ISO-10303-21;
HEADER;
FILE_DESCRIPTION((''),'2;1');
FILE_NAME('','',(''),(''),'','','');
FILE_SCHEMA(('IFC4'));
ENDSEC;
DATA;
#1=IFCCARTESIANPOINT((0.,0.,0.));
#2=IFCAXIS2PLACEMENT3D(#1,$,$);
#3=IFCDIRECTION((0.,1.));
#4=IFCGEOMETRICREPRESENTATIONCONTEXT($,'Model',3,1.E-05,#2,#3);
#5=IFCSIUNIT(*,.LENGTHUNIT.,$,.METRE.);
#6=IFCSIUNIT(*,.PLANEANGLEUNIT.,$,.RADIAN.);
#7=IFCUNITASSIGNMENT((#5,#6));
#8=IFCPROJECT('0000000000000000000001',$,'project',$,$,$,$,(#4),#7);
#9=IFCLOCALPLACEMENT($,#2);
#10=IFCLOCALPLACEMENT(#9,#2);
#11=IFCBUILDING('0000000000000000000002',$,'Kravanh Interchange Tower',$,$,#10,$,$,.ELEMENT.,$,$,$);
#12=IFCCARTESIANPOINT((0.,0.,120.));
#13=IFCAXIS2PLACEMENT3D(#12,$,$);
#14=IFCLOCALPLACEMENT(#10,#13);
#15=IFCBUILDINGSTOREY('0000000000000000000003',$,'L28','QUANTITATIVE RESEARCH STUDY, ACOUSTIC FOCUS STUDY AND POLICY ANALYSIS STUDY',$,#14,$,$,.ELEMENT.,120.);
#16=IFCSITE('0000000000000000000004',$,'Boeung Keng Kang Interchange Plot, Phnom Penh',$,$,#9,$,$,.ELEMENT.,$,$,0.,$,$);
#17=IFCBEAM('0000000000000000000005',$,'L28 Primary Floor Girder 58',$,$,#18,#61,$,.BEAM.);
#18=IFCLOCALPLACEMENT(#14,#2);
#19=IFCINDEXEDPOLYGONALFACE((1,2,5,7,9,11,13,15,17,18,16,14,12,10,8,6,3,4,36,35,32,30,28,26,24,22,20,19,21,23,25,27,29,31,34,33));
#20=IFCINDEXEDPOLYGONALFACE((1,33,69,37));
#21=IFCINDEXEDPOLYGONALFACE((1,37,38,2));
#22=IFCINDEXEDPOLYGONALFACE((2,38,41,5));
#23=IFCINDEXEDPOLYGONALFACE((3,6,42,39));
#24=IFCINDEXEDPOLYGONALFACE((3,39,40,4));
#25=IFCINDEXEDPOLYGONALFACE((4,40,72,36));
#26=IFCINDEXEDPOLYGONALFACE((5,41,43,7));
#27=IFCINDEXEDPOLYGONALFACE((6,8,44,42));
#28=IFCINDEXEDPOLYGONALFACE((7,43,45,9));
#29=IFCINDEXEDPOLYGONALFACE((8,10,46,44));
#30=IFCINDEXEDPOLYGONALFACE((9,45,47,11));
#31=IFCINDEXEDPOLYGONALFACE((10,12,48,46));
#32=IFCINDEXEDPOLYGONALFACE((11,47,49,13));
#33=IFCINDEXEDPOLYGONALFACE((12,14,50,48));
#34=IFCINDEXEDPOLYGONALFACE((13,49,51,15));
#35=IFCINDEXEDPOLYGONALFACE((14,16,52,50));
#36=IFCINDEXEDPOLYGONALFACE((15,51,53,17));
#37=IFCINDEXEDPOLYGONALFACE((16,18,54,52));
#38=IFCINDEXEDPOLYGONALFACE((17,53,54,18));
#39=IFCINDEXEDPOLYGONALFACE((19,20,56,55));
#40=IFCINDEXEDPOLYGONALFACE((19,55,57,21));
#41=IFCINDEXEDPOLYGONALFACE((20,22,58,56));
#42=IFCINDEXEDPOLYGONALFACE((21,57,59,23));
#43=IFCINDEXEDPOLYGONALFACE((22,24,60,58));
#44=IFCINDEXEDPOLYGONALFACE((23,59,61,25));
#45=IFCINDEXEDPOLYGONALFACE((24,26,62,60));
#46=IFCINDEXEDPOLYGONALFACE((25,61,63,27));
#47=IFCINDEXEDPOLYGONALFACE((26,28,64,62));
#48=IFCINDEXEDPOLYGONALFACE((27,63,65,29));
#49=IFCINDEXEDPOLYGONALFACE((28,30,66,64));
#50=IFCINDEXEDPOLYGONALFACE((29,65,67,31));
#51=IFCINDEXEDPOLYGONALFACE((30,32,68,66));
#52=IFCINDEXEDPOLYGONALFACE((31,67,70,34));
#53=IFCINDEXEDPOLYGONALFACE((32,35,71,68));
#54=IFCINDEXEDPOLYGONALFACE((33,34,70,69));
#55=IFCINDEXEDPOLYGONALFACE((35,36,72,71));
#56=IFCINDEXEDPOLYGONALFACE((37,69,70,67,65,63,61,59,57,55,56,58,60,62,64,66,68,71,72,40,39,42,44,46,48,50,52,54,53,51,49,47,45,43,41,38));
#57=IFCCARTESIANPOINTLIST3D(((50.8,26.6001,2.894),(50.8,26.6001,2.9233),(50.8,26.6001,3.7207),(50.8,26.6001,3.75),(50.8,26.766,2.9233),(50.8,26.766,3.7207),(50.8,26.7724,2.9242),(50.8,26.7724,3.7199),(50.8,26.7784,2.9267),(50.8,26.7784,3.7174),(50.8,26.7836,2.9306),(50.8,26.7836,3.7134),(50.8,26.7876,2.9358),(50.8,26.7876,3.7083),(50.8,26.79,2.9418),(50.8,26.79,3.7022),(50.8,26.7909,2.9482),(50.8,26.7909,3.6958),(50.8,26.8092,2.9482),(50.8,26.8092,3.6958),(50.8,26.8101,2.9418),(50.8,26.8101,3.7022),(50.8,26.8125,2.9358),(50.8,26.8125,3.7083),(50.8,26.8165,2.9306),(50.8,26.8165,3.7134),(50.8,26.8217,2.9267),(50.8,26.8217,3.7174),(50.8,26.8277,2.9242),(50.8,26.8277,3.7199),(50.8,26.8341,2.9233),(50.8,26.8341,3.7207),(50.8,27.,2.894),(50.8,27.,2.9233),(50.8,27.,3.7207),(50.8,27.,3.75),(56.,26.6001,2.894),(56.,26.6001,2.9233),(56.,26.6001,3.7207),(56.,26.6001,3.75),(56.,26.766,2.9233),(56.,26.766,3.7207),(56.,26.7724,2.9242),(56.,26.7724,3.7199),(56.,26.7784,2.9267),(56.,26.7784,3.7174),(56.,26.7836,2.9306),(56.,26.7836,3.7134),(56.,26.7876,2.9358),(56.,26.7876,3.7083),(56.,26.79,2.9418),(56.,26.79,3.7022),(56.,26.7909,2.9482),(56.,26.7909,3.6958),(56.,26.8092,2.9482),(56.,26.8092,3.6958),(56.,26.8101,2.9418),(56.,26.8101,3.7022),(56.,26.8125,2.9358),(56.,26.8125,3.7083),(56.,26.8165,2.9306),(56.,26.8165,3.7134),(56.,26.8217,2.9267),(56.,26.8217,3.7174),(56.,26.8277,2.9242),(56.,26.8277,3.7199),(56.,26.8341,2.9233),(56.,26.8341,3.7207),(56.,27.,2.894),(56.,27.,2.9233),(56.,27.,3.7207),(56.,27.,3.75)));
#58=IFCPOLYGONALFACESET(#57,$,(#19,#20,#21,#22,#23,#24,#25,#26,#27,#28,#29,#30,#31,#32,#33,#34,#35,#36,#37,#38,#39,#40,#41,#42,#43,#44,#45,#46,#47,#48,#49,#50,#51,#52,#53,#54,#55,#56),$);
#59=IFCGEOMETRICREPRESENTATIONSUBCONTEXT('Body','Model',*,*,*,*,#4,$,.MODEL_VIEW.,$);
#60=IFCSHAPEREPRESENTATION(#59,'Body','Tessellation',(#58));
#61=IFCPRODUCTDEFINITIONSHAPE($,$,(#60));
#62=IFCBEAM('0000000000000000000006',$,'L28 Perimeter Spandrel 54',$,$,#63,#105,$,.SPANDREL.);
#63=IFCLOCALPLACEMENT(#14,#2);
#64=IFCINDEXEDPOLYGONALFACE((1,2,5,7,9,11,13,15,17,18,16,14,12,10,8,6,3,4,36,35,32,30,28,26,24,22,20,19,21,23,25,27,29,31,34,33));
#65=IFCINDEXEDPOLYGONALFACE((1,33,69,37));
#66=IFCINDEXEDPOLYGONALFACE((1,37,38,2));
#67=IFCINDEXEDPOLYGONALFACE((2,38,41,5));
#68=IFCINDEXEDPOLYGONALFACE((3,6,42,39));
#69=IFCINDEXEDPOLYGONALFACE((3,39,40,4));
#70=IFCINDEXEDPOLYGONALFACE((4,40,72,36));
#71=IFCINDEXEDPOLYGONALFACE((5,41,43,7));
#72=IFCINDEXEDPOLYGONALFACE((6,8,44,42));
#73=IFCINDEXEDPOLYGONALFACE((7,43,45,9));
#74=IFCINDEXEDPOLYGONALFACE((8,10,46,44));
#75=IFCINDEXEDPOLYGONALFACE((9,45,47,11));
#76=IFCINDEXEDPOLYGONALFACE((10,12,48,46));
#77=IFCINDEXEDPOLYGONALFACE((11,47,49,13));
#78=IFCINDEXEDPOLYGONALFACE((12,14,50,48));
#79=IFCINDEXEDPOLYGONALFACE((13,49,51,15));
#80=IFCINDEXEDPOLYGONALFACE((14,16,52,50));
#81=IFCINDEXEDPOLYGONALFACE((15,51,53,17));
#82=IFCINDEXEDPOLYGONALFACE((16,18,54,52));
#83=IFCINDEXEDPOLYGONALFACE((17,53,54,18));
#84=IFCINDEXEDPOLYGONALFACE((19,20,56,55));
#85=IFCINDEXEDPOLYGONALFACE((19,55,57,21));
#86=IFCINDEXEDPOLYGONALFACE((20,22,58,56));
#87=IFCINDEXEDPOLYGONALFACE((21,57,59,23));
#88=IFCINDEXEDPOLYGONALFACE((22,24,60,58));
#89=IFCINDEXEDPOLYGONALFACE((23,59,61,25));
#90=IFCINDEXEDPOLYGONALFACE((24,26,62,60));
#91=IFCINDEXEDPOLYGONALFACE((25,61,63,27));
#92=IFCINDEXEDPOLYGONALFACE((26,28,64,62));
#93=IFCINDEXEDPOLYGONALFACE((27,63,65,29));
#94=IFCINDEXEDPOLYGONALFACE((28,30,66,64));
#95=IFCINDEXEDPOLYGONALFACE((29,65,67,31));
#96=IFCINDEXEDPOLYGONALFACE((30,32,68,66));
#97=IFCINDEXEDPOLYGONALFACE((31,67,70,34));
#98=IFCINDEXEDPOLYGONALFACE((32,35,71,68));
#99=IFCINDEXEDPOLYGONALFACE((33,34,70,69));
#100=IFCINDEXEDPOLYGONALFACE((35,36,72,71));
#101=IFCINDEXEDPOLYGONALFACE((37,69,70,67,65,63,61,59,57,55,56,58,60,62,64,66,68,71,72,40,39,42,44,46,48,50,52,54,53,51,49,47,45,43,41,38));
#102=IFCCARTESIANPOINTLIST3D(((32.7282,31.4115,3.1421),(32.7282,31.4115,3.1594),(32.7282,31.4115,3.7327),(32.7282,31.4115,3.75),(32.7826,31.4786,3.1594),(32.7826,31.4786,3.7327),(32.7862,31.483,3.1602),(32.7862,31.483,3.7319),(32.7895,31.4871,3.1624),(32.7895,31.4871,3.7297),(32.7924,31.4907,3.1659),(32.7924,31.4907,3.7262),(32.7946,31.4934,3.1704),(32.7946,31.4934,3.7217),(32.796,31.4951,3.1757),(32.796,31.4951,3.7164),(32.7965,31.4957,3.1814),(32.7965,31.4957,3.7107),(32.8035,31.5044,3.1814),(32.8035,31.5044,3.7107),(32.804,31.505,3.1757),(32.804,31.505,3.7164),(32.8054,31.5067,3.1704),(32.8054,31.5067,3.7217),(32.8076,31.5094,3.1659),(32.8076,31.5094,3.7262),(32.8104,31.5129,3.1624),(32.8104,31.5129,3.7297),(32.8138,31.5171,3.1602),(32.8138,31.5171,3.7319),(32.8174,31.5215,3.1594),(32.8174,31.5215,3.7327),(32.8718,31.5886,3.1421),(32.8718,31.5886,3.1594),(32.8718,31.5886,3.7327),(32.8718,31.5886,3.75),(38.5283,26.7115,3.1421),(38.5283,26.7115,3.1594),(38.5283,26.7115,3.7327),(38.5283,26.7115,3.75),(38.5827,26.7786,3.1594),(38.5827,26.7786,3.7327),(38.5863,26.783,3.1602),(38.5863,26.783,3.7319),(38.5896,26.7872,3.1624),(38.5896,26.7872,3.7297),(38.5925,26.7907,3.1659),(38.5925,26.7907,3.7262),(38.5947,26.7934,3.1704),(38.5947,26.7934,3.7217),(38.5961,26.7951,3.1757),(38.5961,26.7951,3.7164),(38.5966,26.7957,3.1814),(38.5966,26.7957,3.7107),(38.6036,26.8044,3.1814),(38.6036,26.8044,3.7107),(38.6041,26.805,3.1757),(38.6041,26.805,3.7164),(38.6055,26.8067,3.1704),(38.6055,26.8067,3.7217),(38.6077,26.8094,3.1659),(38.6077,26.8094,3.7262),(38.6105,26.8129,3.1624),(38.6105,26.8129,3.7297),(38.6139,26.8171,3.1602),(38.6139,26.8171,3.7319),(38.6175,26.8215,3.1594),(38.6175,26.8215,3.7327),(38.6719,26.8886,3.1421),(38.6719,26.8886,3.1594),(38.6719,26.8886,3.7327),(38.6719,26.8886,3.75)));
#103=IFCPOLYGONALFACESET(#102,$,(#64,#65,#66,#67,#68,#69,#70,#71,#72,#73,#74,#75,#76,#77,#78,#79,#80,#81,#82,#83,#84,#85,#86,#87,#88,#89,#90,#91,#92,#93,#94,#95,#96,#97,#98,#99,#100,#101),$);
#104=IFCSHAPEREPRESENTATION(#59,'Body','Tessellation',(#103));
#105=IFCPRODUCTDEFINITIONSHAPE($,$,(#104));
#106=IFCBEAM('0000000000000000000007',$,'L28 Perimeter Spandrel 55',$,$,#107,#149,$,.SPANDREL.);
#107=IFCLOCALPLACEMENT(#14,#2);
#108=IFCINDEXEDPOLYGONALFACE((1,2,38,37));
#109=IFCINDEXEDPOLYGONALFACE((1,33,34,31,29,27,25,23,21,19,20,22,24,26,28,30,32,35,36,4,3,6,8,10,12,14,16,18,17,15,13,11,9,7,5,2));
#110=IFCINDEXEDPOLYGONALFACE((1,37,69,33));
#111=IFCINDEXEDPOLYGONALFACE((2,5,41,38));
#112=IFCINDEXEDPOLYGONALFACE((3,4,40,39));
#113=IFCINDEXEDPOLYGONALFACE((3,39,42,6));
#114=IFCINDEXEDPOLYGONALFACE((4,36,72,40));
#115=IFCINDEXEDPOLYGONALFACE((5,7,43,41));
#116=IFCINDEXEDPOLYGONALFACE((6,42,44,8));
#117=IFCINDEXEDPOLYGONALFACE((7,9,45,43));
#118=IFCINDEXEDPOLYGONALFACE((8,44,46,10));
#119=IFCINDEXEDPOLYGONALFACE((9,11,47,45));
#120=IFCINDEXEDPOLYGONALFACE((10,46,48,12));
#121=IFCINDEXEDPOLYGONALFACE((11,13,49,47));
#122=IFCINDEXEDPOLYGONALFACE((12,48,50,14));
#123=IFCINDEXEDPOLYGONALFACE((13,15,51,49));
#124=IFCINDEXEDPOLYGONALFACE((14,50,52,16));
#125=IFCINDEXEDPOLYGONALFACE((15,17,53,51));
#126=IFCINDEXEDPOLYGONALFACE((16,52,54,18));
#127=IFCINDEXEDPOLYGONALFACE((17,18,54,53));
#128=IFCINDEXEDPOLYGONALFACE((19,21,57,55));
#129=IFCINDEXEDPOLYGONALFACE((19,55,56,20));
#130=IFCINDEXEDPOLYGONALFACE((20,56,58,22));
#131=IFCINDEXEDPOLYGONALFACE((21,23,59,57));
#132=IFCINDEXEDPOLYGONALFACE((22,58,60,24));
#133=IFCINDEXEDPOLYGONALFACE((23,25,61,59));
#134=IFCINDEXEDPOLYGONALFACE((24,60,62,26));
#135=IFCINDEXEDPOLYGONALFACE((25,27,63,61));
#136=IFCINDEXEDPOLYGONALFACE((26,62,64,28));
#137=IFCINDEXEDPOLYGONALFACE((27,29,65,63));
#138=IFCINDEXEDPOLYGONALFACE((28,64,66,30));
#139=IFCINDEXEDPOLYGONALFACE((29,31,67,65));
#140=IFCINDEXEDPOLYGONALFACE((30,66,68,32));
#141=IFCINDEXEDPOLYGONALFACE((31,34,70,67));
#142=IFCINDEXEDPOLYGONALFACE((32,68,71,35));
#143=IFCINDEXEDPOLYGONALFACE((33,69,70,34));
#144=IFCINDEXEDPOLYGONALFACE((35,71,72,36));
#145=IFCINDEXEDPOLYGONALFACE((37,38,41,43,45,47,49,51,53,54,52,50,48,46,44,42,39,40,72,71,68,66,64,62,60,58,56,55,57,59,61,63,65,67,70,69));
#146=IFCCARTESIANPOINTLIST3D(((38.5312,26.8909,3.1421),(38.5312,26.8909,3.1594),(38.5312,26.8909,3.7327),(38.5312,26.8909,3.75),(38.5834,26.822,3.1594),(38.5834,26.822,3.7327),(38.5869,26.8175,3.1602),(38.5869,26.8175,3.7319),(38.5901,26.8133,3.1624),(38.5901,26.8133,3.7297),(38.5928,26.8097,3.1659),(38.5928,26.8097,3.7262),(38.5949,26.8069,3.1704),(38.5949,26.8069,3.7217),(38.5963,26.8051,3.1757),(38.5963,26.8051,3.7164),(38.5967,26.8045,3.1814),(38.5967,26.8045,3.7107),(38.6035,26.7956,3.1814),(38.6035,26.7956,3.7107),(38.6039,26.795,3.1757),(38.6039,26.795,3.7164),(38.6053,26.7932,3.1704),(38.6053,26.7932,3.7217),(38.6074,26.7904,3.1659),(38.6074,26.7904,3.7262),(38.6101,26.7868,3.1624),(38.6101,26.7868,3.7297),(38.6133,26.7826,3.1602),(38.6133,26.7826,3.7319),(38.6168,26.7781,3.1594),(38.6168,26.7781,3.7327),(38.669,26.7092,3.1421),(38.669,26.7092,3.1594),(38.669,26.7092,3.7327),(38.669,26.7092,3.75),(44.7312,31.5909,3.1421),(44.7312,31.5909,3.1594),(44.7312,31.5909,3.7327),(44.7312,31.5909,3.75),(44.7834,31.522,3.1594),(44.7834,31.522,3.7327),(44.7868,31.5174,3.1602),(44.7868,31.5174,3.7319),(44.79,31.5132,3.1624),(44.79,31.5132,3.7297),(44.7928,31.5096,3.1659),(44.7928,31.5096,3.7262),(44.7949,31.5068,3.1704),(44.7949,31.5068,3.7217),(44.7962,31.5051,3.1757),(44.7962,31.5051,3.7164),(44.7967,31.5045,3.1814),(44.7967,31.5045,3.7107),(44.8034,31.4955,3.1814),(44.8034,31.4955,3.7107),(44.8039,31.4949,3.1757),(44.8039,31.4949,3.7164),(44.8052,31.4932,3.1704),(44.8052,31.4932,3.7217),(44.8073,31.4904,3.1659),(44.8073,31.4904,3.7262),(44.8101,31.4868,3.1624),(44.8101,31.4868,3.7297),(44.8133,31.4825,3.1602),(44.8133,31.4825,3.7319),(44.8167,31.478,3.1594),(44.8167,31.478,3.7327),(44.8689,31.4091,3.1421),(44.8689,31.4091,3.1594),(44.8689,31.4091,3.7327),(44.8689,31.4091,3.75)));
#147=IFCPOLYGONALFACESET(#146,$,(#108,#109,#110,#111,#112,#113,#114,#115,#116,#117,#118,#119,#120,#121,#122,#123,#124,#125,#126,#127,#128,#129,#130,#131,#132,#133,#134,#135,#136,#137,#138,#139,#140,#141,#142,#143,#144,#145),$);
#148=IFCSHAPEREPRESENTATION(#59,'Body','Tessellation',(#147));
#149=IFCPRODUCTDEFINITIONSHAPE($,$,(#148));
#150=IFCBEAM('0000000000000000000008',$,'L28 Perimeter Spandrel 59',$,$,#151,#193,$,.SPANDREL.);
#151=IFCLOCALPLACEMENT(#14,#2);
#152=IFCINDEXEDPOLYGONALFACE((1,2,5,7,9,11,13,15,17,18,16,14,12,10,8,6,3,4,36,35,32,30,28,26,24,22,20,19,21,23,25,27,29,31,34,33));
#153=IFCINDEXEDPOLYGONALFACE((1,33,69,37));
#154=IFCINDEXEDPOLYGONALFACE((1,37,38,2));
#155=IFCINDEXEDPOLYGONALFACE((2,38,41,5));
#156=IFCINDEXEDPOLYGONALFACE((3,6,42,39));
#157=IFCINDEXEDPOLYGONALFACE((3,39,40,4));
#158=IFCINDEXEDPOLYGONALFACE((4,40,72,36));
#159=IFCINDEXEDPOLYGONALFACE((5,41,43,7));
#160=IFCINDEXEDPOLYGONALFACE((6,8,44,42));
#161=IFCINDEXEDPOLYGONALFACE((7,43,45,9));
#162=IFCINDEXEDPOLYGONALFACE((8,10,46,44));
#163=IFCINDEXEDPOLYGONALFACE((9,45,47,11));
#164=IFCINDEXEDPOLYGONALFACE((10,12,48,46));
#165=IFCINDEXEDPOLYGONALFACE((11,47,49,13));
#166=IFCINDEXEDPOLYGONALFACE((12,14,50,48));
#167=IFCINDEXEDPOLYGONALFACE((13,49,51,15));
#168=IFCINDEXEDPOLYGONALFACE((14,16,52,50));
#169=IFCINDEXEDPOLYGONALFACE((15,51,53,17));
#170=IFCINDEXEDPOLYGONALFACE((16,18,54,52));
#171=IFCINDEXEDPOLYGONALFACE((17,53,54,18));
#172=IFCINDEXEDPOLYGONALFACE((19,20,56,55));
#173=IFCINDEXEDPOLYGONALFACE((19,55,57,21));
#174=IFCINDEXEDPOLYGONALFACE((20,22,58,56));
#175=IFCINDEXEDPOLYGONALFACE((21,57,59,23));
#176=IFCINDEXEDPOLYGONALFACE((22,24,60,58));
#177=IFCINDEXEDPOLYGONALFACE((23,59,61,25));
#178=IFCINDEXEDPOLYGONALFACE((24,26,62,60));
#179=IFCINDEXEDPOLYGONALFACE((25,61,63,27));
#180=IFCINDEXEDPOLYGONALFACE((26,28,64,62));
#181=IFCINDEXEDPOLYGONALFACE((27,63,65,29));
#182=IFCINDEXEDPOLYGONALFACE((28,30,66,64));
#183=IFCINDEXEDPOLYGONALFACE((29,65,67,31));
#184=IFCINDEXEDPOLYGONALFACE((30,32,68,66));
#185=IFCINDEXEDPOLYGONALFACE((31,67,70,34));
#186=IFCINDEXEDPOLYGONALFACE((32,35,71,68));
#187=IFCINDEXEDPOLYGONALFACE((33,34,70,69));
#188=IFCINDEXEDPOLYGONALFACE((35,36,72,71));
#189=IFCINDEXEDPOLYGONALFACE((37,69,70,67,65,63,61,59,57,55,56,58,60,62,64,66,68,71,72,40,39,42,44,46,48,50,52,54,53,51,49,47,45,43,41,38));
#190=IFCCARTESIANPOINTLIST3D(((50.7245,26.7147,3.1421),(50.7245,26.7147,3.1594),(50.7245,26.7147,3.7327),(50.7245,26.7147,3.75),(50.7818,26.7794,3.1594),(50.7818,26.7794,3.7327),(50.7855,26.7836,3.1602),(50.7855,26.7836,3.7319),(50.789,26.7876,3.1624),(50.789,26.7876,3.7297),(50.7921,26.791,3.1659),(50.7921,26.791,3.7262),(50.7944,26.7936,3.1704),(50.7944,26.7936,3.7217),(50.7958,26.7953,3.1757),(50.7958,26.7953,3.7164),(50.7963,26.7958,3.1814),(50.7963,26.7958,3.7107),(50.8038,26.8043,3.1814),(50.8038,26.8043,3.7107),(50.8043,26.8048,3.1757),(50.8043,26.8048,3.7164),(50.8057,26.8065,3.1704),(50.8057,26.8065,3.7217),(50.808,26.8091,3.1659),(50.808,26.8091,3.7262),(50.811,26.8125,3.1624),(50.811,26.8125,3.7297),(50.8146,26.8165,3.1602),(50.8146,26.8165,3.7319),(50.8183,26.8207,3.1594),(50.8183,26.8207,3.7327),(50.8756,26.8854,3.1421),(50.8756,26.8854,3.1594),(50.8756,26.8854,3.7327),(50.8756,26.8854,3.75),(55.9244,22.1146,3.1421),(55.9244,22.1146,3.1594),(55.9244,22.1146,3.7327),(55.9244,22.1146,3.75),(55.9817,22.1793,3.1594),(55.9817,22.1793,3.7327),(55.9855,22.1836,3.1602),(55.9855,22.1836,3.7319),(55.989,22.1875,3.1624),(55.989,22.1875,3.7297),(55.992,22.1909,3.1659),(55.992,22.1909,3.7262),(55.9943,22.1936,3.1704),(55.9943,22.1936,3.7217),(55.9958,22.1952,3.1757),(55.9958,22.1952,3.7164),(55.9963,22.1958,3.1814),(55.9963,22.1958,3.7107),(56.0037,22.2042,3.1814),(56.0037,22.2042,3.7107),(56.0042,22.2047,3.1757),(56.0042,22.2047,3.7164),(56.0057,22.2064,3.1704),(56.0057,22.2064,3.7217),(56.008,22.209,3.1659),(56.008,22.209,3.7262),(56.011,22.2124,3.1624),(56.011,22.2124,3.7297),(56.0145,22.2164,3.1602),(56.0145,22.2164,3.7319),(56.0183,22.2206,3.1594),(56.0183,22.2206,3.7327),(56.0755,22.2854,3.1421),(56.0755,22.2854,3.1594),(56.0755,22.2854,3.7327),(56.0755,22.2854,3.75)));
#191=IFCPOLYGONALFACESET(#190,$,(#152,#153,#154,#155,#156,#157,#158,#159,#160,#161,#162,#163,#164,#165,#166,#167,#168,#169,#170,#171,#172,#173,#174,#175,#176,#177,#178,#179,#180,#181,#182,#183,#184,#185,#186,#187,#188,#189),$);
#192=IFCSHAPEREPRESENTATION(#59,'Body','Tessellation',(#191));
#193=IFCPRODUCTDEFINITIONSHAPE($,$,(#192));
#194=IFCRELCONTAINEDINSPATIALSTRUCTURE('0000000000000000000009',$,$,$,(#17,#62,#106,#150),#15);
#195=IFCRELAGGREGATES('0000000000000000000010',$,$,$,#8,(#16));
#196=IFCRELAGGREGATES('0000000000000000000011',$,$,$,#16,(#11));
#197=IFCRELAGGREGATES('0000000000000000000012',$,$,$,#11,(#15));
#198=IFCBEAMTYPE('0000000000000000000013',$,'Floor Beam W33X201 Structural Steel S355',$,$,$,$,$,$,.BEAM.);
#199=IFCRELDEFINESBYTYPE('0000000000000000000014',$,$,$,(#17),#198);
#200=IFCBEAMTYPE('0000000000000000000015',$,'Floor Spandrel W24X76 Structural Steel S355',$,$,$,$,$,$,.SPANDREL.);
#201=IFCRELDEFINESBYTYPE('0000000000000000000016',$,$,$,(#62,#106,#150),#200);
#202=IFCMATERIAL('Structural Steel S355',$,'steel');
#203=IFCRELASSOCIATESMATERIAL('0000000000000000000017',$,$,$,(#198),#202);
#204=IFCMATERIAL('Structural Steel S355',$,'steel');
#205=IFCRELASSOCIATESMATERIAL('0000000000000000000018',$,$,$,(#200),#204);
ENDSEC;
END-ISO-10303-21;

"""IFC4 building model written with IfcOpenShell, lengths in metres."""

from ifc_helpers import new_model, si_unit, direction, frame, origin, origin_2d, place, context, subcontext, project, spatial, i_section, extrude, material, material_profile, profile_set, type_object, element, save


model = new_model("IFC4")

# Units and contexts
model_context = context("Model", 3, precision=1e-05, world=origin(), true_north=direction((0.0, 1.0)))
body_context = subcontext(model_context, "Body", "Model", "MODEL_VIEW")
ifc_project = project(units=[si_unit("LENGTHUNIT", "METRE"), si_unit("PLANEANGLEUNIT", "RADIAN")], contexts=[model_context])

# Site, building, storey
site_placement = place(None, origin())
site = spatial("IfcSite", under=ifc_project, at=site_placement, Name="Boeung Keng Kang Interchange Plot, Phnom Penh", CompositionType="ELEMENT", RefElevation=0.0)
building_placement = place(site_placement, origin())
building = spatial("IfcBuilding", under=site, at=building_placement, Name="Kravanh Interchange Tower", CompositionType="ELEMENT")
storey_placement = place(building_placement, frame((0.0, 0.0, 120.0)))
storey = spatial("IfcBuildingStorey", under=building, at=storey_placement, Name="L28", Description="QUANTITATIVE RESEARCH STUDY, ACOUSTIC FOCUS STUDY AND POLICY ANALYSIS STUDY", CompositionType="ELEMENT", Elevation=120.0)

# Beams
ifc_material_1 = material(Name="Structural Steel S355", Category="steel")
ifc_material_profile_1 = material_profile(ifc_material_1, i_section(OverallWidth=0.3999, OverallDepth=0.856, WebThickness=0.0183, FlangeThickness=0.0293, FilletRadius=0.0249, at=origin_2d()), Name="W33X201")
ifc_profile_set_1 = profile_set([ifc_material_profile_1], Name="Structural Steel S355")
beam_type_1 = type_object("IfcBeamType", Name="Floor Beam W33X201 Structural Steel S355", PredefinedType="BEAM", material=ifc_profile_set_1)
beam_1_placement = place(storey_placement, frame((50.8, 26.8, 3.322), z_axis=(1.0, 0.0, 0.0), x_axis=(0.0, 1.0, 0.0)))
element("IfcBeam", 1, at=beam_1_placement, inside=storey, type_object=beam_type_1, Name="L28 Primary Floor Girder 58", PredefinedType="BEAM", context=body_context, shape_type="SweptSolid", body=[
    extrude(i_section(OverallWidth=0.3999, OverallDepth=0.856, WebThickness=0.0183, FlangeThickness=0.0293, FilletRadius=0.0249, at=origin_2d()), origin(), (0.0, 0.0, 1.0), 5.2),
])
ifc_material_2 = material(Name="Structural Steel S355", Category="steel")
ifc_material_profile_2 = material_profile(ifc_material_2, i_section(OverallWidth=0.228, OverallDepth=0.6079, WebThickness=0.0112, FlangeThickness=0.0173, FilletRadius=0.022, at=origin_2d()), Name="W24X76")
ifc_profile_set_2 = profile_set([ifc_material_profile_2], Name="Structural Steel S355")
beam_type_2 = type_object("IfcBeamType", Name="Floor Spandrel W24X76 Structural Steel S355", PredefinedType="SPANDREL", material=ifc_profile_set_2)
beam_2_placement = place(storey_placement, frame((38.6001, 26.8, 3.446), z_axis=(-0.776939, 0.629576, 0.0), x_axis=(-0.629576, -0.776939, 0.0)))
element("IfcBeam", 2, at=beam_2_placement, inside=storey, type_object=beam_type_2, Name="L28 Perimeter Spandrel 54", PredefinedType="SPANDREL", context=body_context, shape_type="SweptSolid", body=[
    extrude(i_section(OverallWidth=0.228, OverallDepth=0.6079, WebThickness=0.0112, FlangeThickness=0.0173, FilletRadius=0.022, at=origin_2d()), origin(), (0.0, 0.0, 1.0), 7.4653),
])
beam_3_placement = place(storey_placement, frame((38.6001, 26.8, 3.446), z_axis=(0.796905, 0.604104, 0.0), x_axis=(-0.604104, 0.796905, 0.0)))
element("IfcBeam", 3, at=beam_3_placement, inside=storey, type_object=beam_type_2, Name="L28 Perimeter Spandrel 55", PredefinedType="SPANDREL", context=body_context, shape_type="SweptSolid", body=[
    extrude(i_section(OverallWidth=0.228, OverallDepth=0.6079, WebThickness=0.0112, FlangeThickness=0.0173, FilletRadius=0.022, at=origin_2d()), origin(), (0.0, 0.0, 1.0), 7.78),
])
beam_4_placement = place(storey_placement, frame((50.8, 26.8, 3.446), z_axis=(0.748986, -0.662585, 0.0), x_axis=(0.662585, 0.748986, 0.0)))
element("IfcBeam", 4, at=beam_4_placement, inside=storey, type_object=beam_type_2, Name="L28 Perimeter Spandrel 59", PredefinedType="SPANDREL", context=body_context, shape_type="SweptSolid", body=[
    extrude(i_section(OverallWidth=0.228, OverallDepth=0.6079, WebThickness=0.0112, FlangeThickness=0.0173, FilletRadius=0.022, at=origin_2d()), origin(), (0.0, 0.0, 1.0), 6.9426),
])

save(model, "model.ifc")
